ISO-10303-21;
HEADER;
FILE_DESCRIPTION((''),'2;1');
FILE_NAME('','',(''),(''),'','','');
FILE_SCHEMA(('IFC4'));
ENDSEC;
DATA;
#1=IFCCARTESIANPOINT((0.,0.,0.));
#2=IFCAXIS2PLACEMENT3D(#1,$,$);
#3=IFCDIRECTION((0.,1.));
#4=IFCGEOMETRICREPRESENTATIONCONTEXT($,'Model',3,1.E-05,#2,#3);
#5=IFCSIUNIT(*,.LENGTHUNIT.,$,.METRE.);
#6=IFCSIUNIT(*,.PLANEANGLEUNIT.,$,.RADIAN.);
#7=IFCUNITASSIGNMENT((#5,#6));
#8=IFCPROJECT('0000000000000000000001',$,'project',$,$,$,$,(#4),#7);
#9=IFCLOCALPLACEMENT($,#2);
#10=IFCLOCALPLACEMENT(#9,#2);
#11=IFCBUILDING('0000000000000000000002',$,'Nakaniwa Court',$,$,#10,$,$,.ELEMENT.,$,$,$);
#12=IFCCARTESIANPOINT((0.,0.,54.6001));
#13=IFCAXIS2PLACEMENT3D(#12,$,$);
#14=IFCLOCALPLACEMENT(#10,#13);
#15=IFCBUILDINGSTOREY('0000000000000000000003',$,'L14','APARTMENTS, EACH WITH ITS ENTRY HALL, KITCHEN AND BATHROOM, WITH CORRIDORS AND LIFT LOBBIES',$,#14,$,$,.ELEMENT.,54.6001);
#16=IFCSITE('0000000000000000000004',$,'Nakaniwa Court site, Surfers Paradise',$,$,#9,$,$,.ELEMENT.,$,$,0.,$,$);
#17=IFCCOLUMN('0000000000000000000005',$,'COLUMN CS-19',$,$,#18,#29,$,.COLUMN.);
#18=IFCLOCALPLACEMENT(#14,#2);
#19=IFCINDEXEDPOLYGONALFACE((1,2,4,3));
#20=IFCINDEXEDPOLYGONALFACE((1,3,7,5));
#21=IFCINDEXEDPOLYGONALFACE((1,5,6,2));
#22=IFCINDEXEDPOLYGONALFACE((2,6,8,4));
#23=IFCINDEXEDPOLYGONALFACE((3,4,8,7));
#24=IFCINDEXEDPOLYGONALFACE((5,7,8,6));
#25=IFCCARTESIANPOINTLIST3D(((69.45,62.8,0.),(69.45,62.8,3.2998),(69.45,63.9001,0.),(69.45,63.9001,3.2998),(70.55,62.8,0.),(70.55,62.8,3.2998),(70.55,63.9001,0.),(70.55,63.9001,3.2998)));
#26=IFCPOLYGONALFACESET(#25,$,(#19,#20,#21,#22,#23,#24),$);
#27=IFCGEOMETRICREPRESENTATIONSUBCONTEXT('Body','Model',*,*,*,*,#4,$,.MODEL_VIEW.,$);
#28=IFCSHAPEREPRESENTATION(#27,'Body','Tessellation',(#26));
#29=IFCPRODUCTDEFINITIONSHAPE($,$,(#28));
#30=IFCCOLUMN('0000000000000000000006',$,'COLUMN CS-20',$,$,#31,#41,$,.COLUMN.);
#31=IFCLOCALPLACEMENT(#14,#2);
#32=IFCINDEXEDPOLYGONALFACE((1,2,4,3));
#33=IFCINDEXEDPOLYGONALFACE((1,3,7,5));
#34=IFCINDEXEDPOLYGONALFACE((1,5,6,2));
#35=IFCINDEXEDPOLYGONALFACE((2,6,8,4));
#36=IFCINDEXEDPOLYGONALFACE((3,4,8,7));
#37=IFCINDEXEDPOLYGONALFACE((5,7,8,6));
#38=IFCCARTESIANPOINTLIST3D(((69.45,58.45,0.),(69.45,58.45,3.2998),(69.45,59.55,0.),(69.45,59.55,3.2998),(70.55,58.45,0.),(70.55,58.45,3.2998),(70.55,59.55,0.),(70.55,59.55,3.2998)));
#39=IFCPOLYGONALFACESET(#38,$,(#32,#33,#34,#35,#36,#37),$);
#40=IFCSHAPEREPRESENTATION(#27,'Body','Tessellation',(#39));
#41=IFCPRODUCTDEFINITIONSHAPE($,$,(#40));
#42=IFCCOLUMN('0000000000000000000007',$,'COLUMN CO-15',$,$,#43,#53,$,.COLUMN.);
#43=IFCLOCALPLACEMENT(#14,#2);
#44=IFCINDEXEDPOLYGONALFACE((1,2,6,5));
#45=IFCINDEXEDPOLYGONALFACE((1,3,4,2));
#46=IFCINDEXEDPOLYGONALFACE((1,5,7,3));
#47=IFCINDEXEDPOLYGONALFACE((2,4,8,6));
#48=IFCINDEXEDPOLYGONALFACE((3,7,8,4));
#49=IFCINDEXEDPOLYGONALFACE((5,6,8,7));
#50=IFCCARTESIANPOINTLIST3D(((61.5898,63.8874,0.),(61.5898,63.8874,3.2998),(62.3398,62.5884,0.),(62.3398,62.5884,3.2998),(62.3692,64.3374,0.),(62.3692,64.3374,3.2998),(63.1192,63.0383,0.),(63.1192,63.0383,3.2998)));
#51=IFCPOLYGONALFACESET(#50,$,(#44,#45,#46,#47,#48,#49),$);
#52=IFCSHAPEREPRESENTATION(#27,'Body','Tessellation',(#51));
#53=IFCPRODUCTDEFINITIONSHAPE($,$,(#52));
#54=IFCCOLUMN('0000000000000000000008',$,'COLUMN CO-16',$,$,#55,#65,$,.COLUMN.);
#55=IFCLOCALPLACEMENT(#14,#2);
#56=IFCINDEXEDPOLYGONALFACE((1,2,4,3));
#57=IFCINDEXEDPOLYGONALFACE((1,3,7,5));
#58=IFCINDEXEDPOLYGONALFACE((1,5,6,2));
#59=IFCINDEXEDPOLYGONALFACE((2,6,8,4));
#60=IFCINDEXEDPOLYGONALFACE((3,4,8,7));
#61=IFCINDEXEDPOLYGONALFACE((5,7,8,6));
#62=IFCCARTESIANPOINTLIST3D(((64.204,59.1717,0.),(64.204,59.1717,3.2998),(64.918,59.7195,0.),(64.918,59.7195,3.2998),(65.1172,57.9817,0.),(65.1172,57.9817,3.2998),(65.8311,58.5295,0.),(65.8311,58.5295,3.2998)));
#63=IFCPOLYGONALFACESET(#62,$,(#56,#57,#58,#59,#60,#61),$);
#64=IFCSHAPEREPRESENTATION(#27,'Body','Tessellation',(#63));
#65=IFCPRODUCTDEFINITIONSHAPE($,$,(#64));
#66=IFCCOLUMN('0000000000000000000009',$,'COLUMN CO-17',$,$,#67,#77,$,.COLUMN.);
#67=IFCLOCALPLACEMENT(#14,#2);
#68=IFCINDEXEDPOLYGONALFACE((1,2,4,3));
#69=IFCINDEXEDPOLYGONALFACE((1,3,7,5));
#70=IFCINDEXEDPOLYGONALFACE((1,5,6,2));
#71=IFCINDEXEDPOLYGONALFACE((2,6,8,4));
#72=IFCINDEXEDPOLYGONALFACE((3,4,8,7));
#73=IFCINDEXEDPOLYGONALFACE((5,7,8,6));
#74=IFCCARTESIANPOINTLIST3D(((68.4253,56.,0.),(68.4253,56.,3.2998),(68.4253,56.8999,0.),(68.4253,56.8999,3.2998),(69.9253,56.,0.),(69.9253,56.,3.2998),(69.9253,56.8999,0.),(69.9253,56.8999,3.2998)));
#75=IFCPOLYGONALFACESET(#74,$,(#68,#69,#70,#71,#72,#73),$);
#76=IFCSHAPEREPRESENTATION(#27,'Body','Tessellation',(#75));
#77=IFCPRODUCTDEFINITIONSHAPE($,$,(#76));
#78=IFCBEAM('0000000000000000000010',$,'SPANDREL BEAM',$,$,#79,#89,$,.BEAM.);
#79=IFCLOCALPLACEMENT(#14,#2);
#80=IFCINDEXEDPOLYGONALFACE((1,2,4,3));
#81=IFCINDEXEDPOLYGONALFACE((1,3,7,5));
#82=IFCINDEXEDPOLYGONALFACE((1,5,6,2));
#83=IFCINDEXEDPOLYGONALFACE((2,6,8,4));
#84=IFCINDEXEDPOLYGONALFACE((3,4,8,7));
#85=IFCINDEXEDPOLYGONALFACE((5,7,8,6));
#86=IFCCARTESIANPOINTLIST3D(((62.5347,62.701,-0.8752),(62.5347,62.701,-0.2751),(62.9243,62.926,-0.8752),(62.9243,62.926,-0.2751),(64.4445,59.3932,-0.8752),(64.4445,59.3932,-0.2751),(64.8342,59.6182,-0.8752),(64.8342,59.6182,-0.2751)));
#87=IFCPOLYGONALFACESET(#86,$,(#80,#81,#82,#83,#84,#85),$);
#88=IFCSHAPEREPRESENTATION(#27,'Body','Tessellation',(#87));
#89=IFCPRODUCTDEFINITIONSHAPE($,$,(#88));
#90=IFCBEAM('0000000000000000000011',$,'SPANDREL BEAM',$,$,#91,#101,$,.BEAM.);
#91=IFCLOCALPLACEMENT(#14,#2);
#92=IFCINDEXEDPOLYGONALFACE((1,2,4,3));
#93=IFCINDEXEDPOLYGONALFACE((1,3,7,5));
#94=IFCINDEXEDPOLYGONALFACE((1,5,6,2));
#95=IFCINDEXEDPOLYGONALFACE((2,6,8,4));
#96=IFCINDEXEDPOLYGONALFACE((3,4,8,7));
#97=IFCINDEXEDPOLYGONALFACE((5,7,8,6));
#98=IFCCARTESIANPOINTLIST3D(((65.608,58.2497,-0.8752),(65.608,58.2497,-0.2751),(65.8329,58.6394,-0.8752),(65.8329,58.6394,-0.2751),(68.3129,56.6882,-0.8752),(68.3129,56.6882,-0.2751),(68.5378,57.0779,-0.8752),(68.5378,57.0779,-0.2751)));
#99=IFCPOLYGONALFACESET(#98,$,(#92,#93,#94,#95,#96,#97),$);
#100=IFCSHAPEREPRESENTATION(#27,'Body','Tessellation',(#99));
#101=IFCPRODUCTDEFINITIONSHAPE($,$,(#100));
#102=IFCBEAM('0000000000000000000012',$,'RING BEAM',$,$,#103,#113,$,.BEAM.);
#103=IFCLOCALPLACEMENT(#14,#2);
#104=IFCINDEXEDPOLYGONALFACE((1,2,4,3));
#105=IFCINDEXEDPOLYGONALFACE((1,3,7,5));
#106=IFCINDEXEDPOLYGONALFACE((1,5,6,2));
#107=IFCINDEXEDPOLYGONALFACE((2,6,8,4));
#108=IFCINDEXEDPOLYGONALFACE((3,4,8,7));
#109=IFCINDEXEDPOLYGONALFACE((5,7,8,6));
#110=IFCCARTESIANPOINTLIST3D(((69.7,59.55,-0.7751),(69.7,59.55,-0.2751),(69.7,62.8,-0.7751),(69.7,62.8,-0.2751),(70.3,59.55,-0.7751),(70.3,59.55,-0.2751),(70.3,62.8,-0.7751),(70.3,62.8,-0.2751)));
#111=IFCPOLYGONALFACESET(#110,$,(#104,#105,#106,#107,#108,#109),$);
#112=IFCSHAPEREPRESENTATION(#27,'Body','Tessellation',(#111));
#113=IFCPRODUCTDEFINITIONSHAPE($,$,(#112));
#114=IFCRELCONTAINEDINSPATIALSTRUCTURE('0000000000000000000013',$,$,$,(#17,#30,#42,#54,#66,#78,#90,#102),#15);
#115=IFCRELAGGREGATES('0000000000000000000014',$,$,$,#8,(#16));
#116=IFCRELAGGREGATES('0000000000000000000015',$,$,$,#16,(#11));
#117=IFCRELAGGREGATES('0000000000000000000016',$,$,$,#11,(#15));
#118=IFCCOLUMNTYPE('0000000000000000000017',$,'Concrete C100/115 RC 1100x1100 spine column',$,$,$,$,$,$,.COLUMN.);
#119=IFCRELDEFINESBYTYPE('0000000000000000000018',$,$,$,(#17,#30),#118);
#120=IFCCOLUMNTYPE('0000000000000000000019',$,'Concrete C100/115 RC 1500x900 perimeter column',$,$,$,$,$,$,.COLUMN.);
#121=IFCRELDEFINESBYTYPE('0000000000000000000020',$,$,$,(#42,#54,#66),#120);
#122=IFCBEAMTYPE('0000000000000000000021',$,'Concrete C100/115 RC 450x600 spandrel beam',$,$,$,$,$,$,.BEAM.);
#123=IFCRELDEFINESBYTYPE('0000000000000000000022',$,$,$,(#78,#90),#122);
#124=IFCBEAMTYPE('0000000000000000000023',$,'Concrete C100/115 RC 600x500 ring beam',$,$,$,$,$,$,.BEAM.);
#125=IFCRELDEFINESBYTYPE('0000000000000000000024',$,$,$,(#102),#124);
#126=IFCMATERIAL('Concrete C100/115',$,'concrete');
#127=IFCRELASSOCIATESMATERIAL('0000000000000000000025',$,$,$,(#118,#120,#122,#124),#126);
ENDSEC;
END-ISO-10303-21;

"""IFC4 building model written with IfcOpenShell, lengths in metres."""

from ifc_helpers import new_model, si_unit, direction, frame, origin, origin_2d, place, context, subcontext, project, spatial, rectangle, extrude, material, material_profile, profile_set, type_object, element, save


model = new_model("IFC4")

# Units and contexts
model_context = context("Model", 3, precision=1e-05, world=origin(), true_north=direction((0.0, 1.0)))
body_context = subcontext(model_context, "Body", "Model", "MODEL_VIEW")
ifc_project = project(units=[si_unit("LENGTHUNIT", "METRE"), si_unit("PLANEANGLEUNIT", "RADIAN")], contexts=[model_context])

# Site, building, storey
site_placement = place(None, origin())
site = spatial("IfcSite", under=ifc_project, at=site_placement, Name="Nakaniwa Court site, Surfers Paradise", CompositionType="ELEMENT", RefElevation=0.0)
building_placement = place(site_placement, origin())
building = spatial("IfcBuilding", under=site, at=building_placement, Name="Nakaniwa Court", CompositionType="ELEMENT")
storey_placement = place(building_placement, frame((0.0, 0.0, 54.6001)))
storey = spatial("IfcBuildingStorey", under=building, at=storey_placement, Name="L14", Description="APARTMENTS, EACH WITH ITS ENTRY HALL, KITCHEN AND BATHROOM, WITH CORRIDORS AND LIFT LOBBIES", CompositionType="ELEMENT", Elevation=54.6001)

# Columns
ifc_material_1 = material(Name="Concrete C100/115", Category="concrete")
ifc_material_profile_1 = material_profile(ifc_material_1, rectangle(XDim=1.1001, YDim=1.1001, at=origin_2d()), Name="Concrete C100/115 RC 1100x1100 spine column")
ifc_profile_set_1 = profile_set([ifc_material_profile_1], Name="Concrete C100/115")
column_type_1 = type_object("IfcColumnType", Name="Concrete C100/115 RC 1100x1100 spine column", PredefinedType="COLUMN", material=ifc_profile_set_1)
for number, where, z_axis, x_axis, name in (
    (1, (70.0, 63.3501, 0.0), (0.0, 0.0, 1.0), (0.0, -1.0, 0.0), "COLUMN CS-19"),
    (2, (70.0, 59.0, 0.0), (0.0, 0.0, 1.0), (0.0, -1.0, 0.0), "COLUMN CS-20"),
):
    element("IfcColumn", number, at=place(storey_placement, frame(where, z_axis=z_axis, x_axis=x_axis)), inside=storey, type_object=column_type_1, Name=name, PredefinedType="COLUMN", context=body_context, shape_type="SweptSolid", body=[
        extrude(rectangle(XDim=1.1001, YDim=1.1001, at=origin_2d()), origin(), (0.0, 0.0, 1.0), 3.2998),
    ])
ifc_material_profile_2 = material_profile(ifc_material_1, rectangle(XDim=1.5, YDim=0.8999, at=origin_2d()), Name="Concrete C100/115 RC 1500x900 perimeter column")
ifc_profile_set_2 = profile_set([ifc_material_profile_2], Name="Concrete C100/115")
column_type_2 = type_object("IfcColumnType", Name="Concrete C100/115 RC 1500x900 perimeter column", PredefinedType="COLUMN", material=ifc_profile_set_2)
for number, where, z_axis, x_axis, name in (
    (3, (62.3545, 63.4629, 0.0), (0.0, 0.0, 1.0), (0.5, -0.866025, 0.0), "COLUMN CO-15"),
    (4, (65.0176, 58.8506, 0.0), (0.0, 0.0, 1.0), (0.608761, -0.793353, 0.0), "COLUMN CO-16"),
    (5, (69.1753, 56.45, 0.0), (0.0, 0.0, 1.0), (1.0, 0.0, 0.0), "COLUMN CO-17"),
):
    element("IfcColumn", number, at=place(storey_placement, frame(where, z_axis=z_axis, x_axis=x_axis)), inside=storey, type_object=column_type_2, Name=name, PredefinedType="COLUMN", context=body_context, shape_type="SweptSolid", body=[
        extrude(rectangle(XDim=1.5, YDim=0.8999, at=origin_2d()), origin(), (0.0, 0.0, 1.0), 3.2998),
    ])

# Beams
ifc_material_profile_3 = material_profile(ifc_material_1, rectangle(XDim=0.45, YDim=0.6001, at=origin_2d()), Name="Concrete C100/115 RC 450x600 spandrel beam")
ifc_profile_set_3 = profile_set([ifc_material_profile_3], Name="Concrete C100/115")
beam_type_1 = type_object("IfcBeamType", Name="Concrete C100/115 RC 450x600 spandrel beam", PredefinedType="BEAM", material=ifc_profile_set_3)
beam_1_placement = place(storey_placement, frame((62.7295, 62.8135, -0.5752), z_axis=(0.500023, -0.866012, 0.0), x_axis=(0.866012, 0.500023, 0.0)))
element("IfcBeam", 6, at=beam_1_placement, inside=storey, type_object=beam_type_1, Name="SPANDREL BEAM", PredefinedType="BEAM", context=body_context, shape_type="SweptSolid", body=[
    extrude(rectangle(XDim=0.45, YDim=0.6001, at=origin_2d()), origin(), (0.0, 0.0, 1.0), 3.8196),
])
beam_2_placement = place(storey_placement, frame((65.7205, 58.4446, -0.5752), z_axis=(0.866041, -0.499973, 0.0), x_axis=(0.499973, 0.866041, 0.0)))
element("IfcBeam", 7, at=beam_2_placement, inside=storey, type_object=beam_type_1, Name="SPANDREL BEAM", PredefinedType="BEAM", context=body_context, shape_type="SweptSolid", body=[
    extrude(rectangle(XDim=0.45, YDim=0.6001, at=origin_2d()), origin(), (0.0, 0.0, 1.0), 3.1233),
])
ifc_material_profile_4 = material_profile(ifc_material_1, rectangle(XDim=0.6001, YDim=0.5, at=origin_2d()), Name="Concrete C100/115 RC 600x500 ring beam")
ifc_profile_set_4 = profile_set([ifc_material_profile_4], Name="Concrete C100/115")
beam_type_2 = type_object("IfcBeamType", Name="Concrete C100/115 RC 600x500 ring beam", PredefinedType="BEAM", material=ifc_profile_set_4)
beam_3_placement = place(storey_placement, frame((70.0, 62.8, -0.5251), z_axis=(0.0, -1.0, 0.0), x_axis=(1.0, 0.0, 0.0)))
element("IfcBeam", 8, at=beam_3_placement, inside=storey, type_object=beam_type_2, Name="RING BEAM", PredefinedType="BEAM", context=body_context, shape_type="SweptSolid", body=[
    extrude(rectangle(XDim=0.6001, YDim=0.5, at=origin_2d()), origin(), (0.0, 0.0, 1.0), 3.25),
])

save(model, "model.ifc")
